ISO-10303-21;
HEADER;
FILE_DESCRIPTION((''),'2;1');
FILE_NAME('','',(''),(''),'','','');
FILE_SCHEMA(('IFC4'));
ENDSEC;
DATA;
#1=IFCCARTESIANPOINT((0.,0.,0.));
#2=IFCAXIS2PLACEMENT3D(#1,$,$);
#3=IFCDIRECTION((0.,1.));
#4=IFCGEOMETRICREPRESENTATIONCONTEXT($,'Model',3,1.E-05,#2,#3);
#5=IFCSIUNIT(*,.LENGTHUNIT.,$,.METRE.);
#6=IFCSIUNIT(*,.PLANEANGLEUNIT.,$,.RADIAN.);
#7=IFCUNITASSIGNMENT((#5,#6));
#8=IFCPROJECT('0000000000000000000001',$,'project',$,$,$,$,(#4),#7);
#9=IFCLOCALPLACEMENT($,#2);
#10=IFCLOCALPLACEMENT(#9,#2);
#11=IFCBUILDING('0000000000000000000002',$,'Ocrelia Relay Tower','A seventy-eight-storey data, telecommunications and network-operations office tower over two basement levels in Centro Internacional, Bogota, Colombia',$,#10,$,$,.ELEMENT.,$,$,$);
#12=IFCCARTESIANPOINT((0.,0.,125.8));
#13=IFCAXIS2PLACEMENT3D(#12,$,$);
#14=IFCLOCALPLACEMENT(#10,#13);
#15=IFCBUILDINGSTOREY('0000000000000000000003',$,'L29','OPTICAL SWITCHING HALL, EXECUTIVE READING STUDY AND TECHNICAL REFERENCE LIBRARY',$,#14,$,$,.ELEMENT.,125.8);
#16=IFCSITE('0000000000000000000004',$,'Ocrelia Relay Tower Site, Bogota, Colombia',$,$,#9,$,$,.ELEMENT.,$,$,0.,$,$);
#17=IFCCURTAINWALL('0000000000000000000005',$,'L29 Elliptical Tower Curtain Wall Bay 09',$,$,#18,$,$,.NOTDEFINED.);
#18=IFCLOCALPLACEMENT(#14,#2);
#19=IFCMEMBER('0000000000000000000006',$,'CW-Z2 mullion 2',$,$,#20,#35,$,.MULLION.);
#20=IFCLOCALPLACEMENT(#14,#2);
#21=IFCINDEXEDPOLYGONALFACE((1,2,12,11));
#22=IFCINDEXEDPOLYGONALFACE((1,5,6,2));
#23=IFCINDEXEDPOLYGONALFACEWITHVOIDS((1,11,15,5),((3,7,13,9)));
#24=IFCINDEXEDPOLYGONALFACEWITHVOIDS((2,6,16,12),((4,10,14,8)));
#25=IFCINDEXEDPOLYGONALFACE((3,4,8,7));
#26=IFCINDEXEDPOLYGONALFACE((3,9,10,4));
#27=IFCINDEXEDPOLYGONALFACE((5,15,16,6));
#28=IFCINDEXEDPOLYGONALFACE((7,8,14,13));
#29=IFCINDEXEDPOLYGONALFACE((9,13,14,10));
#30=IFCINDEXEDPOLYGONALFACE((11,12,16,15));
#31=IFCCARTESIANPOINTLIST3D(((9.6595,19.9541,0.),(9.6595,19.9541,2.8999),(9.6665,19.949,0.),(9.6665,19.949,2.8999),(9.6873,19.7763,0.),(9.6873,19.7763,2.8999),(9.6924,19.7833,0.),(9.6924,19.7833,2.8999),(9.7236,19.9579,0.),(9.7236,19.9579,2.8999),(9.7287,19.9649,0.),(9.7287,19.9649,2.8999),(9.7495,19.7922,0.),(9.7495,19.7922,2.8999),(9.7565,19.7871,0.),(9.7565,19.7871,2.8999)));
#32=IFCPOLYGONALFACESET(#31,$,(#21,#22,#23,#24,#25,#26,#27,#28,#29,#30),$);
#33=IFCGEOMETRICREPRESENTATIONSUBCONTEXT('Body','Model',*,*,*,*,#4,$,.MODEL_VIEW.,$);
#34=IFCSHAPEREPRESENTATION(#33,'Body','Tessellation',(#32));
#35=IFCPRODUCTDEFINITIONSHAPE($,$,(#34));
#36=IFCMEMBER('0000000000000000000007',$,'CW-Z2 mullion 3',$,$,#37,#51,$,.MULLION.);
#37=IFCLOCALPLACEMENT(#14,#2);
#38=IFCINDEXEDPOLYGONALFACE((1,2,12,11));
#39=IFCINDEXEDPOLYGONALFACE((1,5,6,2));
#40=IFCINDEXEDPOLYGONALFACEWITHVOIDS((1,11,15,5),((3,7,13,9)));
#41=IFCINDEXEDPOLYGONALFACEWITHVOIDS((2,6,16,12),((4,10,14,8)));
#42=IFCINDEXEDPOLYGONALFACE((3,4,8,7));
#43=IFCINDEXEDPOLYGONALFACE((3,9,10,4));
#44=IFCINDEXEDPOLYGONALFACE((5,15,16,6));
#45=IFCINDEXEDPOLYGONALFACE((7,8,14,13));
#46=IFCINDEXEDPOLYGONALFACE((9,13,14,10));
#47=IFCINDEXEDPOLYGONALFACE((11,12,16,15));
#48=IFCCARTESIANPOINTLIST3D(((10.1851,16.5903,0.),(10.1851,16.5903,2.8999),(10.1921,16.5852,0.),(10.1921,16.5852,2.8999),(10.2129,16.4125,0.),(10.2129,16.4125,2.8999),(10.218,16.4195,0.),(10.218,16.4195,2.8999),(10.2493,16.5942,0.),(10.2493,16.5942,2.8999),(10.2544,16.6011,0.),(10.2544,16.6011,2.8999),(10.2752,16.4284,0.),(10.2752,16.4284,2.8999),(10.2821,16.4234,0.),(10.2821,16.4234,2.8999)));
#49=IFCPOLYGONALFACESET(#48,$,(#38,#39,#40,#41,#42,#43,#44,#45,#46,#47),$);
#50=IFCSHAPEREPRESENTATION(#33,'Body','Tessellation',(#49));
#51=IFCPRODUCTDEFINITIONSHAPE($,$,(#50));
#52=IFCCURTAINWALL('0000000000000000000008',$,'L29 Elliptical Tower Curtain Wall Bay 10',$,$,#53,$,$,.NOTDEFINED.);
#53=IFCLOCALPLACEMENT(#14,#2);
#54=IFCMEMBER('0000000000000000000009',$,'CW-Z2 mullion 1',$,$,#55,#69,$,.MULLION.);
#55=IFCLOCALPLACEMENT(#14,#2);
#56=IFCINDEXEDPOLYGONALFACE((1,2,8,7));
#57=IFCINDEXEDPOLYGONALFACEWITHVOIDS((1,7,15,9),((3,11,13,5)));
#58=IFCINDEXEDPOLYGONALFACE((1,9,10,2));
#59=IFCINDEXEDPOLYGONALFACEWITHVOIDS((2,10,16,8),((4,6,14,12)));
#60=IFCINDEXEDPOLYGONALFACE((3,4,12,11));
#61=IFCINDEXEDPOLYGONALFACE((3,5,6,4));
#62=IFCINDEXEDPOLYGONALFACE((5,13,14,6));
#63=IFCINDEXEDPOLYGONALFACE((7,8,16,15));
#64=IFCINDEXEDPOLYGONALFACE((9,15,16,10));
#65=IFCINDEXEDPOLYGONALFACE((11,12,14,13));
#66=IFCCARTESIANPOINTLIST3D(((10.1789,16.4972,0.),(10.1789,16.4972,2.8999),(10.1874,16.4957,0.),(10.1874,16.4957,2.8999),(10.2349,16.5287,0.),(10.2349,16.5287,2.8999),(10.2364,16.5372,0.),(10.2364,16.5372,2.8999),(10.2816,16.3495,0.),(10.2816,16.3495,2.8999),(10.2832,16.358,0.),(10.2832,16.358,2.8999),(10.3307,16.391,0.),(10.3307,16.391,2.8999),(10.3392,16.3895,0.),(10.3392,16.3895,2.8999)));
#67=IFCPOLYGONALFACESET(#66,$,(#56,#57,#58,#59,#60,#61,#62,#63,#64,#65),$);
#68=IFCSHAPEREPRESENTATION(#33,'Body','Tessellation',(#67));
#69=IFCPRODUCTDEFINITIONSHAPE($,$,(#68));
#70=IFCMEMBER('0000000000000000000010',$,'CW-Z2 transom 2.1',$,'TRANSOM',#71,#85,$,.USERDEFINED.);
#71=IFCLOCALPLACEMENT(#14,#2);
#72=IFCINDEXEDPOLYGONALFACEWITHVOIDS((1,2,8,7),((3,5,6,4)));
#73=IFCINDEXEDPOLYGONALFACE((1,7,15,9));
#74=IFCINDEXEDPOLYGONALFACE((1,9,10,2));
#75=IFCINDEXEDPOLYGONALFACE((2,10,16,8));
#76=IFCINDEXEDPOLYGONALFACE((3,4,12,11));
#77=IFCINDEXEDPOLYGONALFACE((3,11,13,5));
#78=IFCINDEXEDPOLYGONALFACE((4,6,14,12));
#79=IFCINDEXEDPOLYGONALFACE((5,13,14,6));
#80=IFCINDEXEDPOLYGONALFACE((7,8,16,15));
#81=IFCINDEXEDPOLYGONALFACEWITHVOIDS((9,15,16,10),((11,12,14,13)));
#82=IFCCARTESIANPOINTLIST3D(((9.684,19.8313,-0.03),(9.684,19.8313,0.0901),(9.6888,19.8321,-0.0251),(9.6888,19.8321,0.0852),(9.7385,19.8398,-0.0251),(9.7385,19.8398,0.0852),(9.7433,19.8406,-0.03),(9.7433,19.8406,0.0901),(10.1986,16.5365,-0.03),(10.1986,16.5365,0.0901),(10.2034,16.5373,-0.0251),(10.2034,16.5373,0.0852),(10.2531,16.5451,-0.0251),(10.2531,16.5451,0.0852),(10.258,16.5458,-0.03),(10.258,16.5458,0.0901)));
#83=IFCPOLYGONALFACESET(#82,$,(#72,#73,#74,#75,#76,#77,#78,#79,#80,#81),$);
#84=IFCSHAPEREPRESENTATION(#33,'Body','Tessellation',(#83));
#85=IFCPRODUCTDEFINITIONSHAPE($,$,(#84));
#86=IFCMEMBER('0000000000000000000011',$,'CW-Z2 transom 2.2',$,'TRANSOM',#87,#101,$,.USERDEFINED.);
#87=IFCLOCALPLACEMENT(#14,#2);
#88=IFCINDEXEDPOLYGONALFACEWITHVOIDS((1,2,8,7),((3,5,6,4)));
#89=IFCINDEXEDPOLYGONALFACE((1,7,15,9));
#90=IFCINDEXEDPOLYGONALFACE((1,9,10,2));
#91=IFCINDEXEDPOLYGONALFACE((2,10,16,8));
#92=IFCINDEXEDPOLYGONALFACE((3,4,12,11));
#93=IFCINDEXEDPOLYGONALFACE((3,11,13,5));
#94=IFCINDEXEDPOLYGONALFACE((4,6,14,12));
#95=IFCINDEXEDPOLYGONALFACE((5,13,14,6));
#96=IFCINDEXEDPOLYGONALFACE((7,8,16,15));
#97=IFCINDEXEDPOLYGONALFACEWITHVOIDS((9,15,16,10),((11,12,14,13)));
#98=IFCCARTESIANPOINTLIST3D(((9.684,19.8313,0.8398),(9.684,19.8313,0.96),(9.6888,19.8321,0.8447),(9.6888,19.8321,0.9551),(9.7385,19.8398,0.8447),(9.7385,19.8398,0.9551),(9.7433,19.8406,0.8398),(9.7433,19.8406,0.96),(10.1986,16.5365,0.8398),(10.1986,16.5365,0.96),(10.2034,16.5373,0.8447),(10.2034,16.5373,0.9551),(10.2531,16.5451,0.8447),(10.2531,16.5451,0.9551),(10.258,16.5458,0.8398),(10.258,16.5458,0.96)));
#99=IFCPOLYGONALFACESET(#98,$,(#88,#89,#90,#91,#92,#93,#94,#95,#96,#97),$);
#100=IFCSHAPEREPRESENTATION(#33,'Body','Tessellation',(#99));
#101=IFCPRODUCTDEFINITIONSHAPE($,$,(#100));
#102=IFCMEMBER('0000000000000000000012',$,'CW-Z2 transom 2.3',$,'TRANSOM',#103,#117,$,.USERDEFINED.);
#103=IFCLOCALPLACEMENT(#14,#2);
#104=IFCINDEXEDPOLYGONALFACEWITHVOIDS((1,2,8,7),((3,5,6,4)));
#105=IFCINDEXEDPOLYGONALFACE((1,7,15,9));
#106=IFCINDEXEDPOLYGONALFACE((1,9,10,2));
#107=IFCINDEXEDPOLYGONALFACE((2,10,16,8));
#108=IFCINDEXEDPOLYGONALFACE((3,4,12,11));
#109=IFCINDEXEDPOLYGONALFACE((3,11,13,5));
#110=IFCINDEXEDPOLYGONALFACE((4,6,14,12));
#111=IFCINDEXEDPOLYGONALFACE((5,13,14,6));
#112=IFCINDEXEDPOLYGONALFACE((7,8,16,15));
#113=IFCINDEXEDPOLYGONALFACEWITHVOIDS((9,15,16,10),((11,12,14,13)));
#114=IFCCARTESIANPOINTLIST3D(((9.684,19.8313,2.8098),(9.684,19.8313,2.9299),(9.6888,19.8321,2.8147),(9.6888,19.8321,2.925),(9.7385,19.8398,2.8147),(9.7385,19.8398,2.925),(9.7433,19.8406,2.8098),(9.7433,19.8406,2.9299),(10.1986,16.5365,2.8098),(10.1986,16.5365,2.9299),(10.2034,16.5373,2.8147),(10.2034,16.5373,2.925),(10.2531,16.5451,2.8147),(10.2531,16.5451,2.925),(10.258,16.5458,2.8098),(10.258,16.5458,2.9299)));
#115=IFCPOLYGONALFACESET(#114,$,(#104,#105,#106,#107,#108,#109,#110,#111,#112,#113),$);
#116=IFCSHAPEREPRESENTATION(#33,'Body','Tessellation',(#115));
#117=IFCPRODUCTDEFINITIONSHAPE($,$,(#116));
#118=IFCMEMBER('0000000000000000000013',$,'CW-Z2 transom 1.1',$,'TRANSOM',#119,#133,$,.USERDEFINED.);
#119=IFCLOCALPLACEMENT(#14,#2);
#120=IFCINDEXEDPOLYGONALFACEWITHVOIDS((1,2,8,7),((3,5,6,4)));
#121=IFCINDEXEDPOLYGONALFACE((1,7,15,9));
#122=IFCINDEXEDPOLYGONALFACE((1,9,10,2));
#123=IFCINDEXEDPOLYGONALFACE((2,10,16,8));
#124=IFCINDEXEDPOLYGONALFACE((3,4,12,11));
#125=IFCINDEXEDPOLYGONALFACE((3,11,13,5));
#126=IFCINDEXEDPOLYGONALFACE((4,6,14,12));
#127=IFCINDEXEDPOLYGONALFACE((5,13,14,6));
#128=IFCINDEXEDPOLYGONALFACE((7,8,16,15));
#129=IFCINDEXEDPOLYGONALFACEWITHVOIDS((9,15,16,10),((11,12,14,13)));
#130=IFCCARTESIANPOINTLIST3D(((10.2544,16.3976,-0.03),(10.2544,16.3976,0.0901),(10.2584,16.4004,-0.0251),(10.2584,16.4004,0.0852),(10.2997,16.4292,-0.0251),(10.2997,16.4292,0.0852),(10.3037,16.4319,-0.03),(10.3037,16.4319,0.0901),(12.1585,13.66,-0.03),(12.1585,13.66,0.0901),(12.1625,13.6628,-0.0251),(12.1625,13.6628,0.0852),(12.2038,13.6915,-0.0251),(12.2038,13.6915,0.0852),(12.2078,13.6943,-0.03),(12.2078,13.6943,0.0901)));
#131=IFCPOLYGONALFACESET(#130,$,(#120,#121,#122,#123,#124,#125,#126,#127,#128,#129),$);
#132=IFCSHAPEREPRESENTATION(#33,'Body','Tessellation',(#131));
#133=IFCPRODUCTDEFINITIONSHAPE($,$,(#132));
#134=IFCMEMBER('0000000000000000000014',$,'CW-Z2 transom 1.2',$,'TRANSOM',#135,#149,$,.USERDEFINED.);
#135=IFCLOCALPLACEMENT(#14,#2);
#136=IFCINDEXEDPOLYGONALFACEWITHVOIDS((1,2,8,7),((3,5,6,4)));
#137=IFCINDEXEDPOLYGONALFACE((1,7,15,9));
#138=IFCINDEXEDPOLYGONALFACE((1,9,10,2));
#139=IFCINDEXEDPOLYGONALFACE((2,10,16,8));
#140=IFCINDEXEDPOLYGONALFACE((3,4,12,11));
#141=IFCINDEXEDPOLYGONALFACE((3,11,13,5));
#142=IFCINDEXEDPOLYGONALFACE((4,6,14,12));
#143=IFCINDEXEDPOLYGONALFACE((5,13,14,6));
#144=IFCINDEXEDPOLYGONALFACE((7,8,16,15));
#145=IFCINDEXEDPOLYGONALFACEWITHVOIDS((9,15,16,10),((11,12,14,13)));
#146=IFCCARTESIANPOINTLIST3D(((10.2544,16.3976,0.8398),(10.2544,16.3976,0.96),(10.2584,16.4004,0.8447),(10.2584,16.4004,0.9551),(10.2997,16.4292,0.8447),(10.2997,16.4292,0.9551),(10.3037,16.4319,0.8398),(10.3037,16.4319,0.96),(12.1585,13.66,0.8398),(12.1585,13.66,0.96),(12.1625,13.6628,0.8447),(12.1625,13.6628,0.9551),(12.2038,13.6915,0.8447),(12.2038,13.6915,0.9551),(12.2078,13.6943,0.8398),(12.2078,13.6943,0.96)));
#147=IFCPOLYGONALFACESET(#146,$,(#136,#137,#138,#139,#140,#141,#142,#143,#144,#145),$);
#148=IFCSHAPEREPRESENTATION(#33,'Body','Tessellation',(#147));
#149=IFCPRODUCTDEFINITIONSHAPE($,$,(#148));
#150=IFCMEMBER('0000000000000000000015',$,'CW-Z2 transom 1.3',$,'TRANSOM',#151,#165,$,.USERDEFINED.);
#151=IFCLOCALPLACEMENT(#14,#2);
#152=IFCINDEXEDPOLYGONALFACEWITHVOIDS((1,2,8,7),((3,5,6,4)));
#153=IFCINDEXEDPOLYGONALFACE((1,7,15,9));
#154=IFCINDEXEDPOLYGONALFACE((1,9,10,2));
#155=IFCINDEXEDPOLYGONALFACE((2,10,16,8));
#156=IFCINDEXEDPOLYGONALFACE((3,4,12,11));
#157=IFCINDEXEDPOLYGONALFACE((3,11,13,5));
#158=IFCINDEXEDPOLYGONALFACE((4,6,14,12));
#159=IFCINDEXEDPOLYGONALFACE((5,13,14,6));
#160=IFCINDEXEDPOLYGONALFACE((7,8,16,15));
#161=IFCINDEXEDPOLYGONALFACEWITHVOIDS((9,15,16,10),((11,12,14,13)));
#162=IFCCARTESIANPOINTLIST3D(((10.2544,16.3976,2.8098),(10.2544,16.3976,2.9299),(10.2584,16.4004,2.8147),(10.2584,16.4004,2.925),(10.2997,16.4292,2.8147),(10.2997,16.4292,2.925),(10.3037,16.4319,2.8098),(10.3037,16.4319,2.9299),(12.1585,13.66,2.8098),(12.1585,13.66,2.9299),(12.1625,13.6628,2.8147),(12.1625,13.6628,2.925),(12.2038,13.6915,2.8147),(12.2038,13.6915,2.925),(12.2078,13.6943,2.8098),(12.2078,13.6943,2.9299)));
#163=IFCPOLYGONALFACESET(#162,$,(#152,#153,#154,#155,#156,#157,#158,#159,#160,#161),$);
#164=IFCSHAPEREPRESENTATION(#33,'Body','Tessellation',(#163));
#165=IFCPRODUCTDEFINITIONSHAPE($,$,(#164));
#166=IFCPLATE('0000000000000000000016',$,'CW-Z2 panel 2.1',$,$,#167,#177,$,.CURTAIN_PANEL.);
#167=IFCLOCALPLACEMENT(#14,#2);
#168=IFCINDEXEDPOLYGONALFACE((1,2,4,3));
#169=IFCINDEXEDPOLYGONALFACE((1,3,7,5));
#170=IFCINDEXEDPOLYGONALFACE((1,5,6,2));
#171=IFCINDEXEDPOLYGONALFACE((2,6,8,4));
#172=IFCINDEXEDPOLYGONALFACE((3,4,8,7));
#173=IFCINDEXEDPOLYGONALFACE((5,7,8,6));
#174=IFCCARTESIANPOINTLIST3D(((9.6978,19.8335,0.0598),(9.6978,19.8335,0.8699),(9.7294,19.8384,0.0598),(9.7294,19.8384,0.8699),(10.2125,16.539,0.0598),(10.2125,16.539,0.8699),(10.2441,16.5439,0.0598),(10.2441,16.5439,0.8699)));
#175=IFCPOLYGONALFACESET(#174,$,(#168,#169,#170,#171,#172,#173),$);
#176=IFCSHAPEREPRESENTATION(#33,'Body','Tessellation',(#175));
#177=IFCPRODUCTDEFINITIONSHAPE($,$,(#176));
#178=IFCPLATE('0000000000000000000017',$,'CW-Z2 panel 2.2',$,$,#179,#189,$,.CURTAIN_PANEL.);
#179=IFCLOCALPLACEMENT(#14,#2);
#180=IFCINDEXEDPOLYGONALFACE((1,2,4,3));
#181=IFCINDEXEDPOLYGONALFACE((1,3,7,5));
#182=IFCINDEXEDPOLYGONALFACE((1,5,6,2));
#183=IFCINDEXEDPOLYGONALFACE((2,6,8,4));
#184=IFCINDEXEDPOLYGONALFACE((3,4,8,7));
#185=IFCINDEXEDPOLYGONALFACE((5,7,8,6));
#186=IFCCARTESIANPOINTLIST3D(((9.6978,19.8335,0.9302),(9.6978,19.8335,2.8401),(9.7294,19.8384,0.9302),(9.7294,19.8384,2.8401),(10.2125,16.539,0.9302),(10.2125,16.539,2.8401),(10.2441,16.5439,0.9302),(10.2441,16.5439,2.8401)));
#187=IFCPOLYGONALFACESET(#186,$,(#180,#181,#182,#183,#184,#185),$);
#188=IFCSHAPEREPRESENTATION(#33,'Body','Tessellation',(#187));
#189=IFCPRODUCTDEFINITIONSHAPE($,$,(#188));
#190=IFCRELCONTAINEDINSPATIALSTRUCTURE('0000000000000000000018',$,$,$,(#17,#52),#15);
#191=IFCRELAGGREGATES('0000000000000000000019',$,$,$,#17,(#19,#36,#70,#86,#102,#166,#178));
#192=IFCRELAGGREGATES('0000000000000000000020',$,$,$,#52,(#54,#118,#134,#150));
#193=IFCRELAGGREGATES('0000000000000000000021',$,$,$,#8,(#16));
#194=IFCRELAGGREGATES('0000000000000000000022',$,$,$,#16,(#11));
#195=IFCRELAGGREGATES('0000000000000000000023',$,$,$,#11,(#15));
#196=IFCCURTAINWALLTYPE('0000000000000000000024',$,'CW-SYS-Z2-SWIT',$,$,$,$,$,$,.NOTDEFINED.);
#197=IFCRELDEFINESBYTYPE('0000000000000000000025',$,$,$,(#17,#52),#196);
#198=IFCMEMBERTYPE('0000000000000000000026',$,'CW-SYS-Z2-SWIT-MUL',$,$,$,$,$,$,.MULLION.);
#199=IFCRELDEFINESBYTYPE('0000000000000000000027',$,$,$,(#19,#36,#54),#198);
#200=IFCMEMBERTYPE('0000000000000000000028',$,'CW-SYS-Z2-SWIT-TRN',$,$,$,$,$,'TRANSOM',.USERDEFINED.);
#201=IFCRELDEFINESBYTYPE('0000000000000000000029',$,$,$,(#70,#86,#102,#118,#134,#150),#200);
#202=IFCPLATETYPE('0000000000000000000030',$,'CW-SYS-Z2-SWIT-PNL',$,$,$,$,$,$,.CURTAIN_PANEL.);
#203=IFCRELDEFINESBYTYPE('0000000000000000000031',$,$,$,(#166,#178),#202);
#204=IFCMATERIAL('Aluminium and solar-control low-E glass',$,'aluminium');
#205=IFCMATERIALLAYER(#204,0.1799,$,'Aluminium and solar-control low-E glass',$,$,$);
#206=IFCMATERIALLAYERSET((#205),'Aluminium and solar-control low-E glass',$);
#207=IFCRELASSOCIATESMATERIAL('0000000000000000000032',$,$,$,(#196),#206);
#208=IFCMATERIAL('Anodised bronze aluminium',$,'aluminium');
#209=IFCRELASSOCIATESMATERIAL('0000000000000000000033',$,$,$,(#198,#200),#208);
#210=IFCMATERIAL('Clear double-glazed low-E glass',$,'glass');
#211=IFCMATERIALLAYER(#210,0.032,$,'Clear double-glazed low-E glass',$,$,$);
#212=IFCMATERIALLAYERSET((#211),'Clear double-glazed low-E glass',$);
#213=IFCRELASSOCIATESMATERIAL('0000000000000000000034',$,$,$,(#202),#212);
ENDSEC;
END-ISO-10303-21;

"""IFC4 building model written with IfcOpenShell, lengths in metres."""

from ifc_helpers import new_model, si_unit, direction, frame, origin, origin_2d, place, context, subcontext, project, spatial, rectangle, hollow_rectangle, extrude, material, layer, layer_set, material_profile, profile_set, type_object, element, aggregate, save


model = new_model("IFC4")

# Units and contexts
model_context = context("Model", 3, precision=1e-05, world=origin(), true_north=direction((0.0, 1.0)))
body_context = subcontext(model_context, "Body", "Model", "MODEL_VIEW")
ifc_project = project(units=[si_unit("LENGTHUNIT", "METRE"), si_unit("PLANEANGLEUNIT", "RADIAN")], contexts=[model_context])

# Site, building, storey
site_placement = place(None, origin())
site = spatial("IfcSite", under=ifc_project, at=site_placement, Name="Ocrelia Relay Tower Site, Bogota, Colombia", CompositionType="ELEMENT", RefElevation=0.0)
building_placement = place(site_placement, origin())
building = spatial("IfcBuilding", under=site, at=building_placement, Name="Ocrelia Relay Tower", Description="A seventy-eight-storey data, telecommunications and network-operations office tower over two basement levels in Centro Internacional, Bogota, Colombia", CompositionType="ELEMENT")
storey_placement = place(building_placement, frame((0.0, 0.0, 125.8)))
storey = spatial("IfcBuildingStorey", under=building, at=storey_placement, Name="L29", Description="OPTICAL SWITCHING HALL, EXECUTIVE READING STUDY AND TECHNICAL REFERENCE LIBRARY", CompositionType="ELEMENT", Elevation=125.8)

# Curtain wall, members
ifc_material_1 = material(Name="Aluminium and solar-control low-E glass", Category="aluminium")
ifc_layer_1 = layer(ifc_material_1, 0.1799, Name="Aluminium and solar-control low-E glass")
ifc_layer_set_1 = layer_set([ifc_layer_1], Name="Aluminium and solar-control low-E glass")
curtain_wall_type = type_object("IfcCurtainWallType", Name="CW-SYS-Z2-SWIT", PredefinedType="NOTDEFINED", material=ifc_layer_set_1)
curtain_wall_1_placement = place(storey_placement, origin())
curtain_wall_1 = element("IfcCurtainWall", 1, at=curtain_wall_1_placement, inside=storey, type_object=curtain_wall_type, Name="L29 Elliptical Tower Curtain Wall Bay 09", PredefinedType="NOTDEFINED")
ifc_material_2 = material(Name="Anodised bronze aluminium", Category="aluminium")
ifc_material_profile_1 = material_profile(ifc_material_2, hollow_rectangle(XDim=0.0701, YDim=0.1799, WallThickness=0.0061, at=origin_2d()), Name="CW-MUL-180x70")
ifc_profile_set_1 = profile_set([ifc_material_profile_1], Name="Anodised bronze aluminium")
member_type_1 = type_object("IfcMemberType", Name="CW-SYS-Z2-SWIT-MUL", PredefinedType="MULLION", material=ifc_profile_set_1)
member_1_placement = place(storey_placement, frame((9.708, 19.8706, 0.0), z_axis=(0.0, 0.0, 1.0), x_axis=(0.988012, 0.154379, 0.0)))
member_1 = element("IfcMember", 2, at=member_1_placement, type_object=member_type_1, Name="CW-Z2 mullion 2", PredefinedType="MULLION", context=body_context, shape_type="SweptSolid", body=[
    extrude(hollow_rectangle(XDim=0.0701, YDim=0.1799, WallThickness=0.0061, at=origin_2d()), origin(), (0.0, 0.0, 1.0), 2.8999),
])
member_2_placement = place(storey_placement, frame((10.2336, 16.5068, 0.0), z_axis=(0.0, 0.0, 1.0), x_axis=(0.988012, 0.154379, 0.0)))
member_2 = element("IfcMember", 3, at=member_2_placement, type_object=member_type_1, Name="CW-Z2 mullion 3", PredefinedType="MULLION", context=body_context, shape_type="SweptSolid", body=[
    extrude(hollow_rectangle(XDim=0.0701, YDim=0.1799, WallThickness=0.0061, at=origin_2d()), origin(), (0.0, 0.0, 1.0), 2.8999),
])

# Curtain wall, member
curtain_wall_2_placement = place(storey_placement, origin())
curtain_wall_2 = element("IfcCurtainWall", 4, at=curtain_wall_2_placement, inside=storey, type_object=curtain_wall_type, Name="L29 Elliptical Tower Curtain Wall Bay 10", PredefinedType="NOTDEFINED")
member_3_placement = place(storey_placement, frame((10.259, 16.4434, 0.0), z_axis=(0.0, 0.0, 1.0), x_axis=(0.820955, 0.570993, 0.0)))
member_3 = element("IfcMember", 5, at=member_3_placement, type_object=member_type_1, Name="CW-Z2 mullion 1", PredefinedType="MULLION", context=body_context, shape_type="SweptSolid", body=[
    extrude(hollow_rectangle(XDim=0.0701, YDim=0.1799, WallThickness=0.0061, at=origin_2d()), origin(), (0.0, 0.0, 1.0), 2.8999),
])

# Members
ifc_material_profile_2 = material_profile(ifc_material_2, hollow_rectangle(XDim=0.0601, YDim=0.1201, WallThickness=0.0049, at=origin_2d()), Name="CW-TRN-120x60")
ifc_profile_set_2 = profile_set([ifc_material_profile_2], Name="Anodised bronze aluminium")
member_type_2 = type_object("IfcMemberType", Name="CW-SYS-Z2-SWIT-TRN", ElementType="TRANSOM", PredefinedType="USERDEFINED", material=ifc_profile_set_2)
member_4_placement = place(storey_placement, frame((9.7136, 19.8359, 0.03), z_axis=(0.154334, -0.988019, 0.0), x_axis=(0.988019, 0.154334, 0.0)))
member_4 = element("IfcMember", 6, at=member_4_placement, type_object=member_type_2, Name="CW-Z2 transom 2.1", ObjectType="TRANSOM", PredefinedType="USERDEFINED", context=body_context, shape_type="SweptSolid", body=[
    extrude(hollow_rectangle(XDim=0.0601, YDim=0.1201, WallThickness=0.0049, at=origin_2d()), origin(), (0.0, 0.0, 1.0), 3.3347),
])
member_5_placement = place(storey_placement, frame((9.7136, 19.8359, 0.8999), z_axis=(0.154334, -0.988019, 0.0), x_axis=(0.988019, 0.154334, 0.0)))
member_5 = element("IfcMember", 7, at=member_5_placement, type_object=member_type_2, Name="CW-Z2 transom 2.2", ObjectType="TRANSOM", PredefinedType="USERDEFINED", context=body_context, shape_type="SweptSolid", body=[
    extrude(hollow_rectangle(XDim=0.0601, YDim=0.1201, WallThickness=0.0049, at=origin_2d()), origin(), (0.0, 0.0, 1.0), 3.3347),
])
member_6_placement = place(storey_placement, frame((9.7136, 19.8359, 2.8699), z_axis=(0.154334, -0.988019, 0.0), x_axis=(0.988019, 0.154334, 0.0)))
member_6 = element("IfcMember", 8, at=member_6_placement, type_object=member_type_2, Name="CW-Z2 transom 2.3", ObjectType="TRANSOM", PredefinedType="USERDEFINED", context=body_context, shape_type="SweptSolid", body=[
    extrude(hollow_rectangle(XDim=0.0601, YDim=0.1201, WallThickness=0.0049, at=origin_2d()), origin(), (0.0, 0.0, 1.0), 3.3347),
])
member_7_placement = place(storey_placement, frame((10.2791, 16.4148, 0.03), z_axis=(0.570998, -0.820951, 0.0), x_axis=(0.820951, 0.570998, 0.0)))
member_7 = element("IfcMember", 9, at=member_7_placement, type_object=member_type_2, Name="CW-Z2 transom 1.1", ObjectType="TRANSOM", PredefinedType="USERDEFINED", context=body_context, shape_type="SweptSolid", body=[
    extrude(hollow_rectangle(XDim=0.0601, YDim=0.1201, WallThickness=0.0049, at=origin_2d()), origin(), (0.0, 0.0, 1.0), 3.3347),
])
member_8_placement = place(storey_placement, frame((10.2791, 16.4148, 0.8999), z_axis=(0.570998, -0.820951, 0.0), x_axis=(0.820951, 0.570998, 0.0)))
member_8 = element("IfcMember", 10, at=member_8_placement, type_object=member_type_2, Name="CW-Z2 transom 1.2", ObjectType="TRANSOM", PredefinedType="USERDEFINED", context=body_context, shape_type="SweptSolid", body=[
    extrude(hollow_rectangle(XDim=0.0601, YDim=0.1201, WallThickness=0.0049, at=origin_2d()), origin(), (0.0, 0.0, 1.0), 3.3347),
])
member_9_placement = place(storey_placement, frame((10.2791, 16.4148, 2.8699), z_axis=(0.570998, -0.820951, 0.0), x_axis=(0.820951, 0.570998, 0.0)))
member_9 = element("IfcMember", 11, at=member_9_placement, type_object=member_type_2, Name="CW-Z2 transom 1.3", ObjectType="TRANSOM", PredefinedType="USERDEFINED", context=body_context, shape_type="SweptSolid", body=[
    extrude(hollow_rectangle(XDim=0.0601, YDim=0.1201, WallThickness=0.0049, at=origin_2d()), origin(), (0.0, 0.0, 1.0), 3.3347),
])

# Plates
ifc_material_3 = material(Name="Clear double-glazed low-E glass", Category="glass")
ifc_layer_2 = layer(ifc_material_3, 0.032, Name="Clear double-glazed low-E glass")
ifc_layer_set_2 = layer_set([ifc_layer_2], Name="Clear double-glazed low-E glass")
plate_type = type_object("IfcPlateType", Name="CW-SYS-Z2-SWIT-PNL", PredefinedType="CURTAIN_PANEL", material=ifc_layer_set_2)
plate_1_placement = place(storey_placement, frame((9.9709, 18.1887, 0.0598), z_axis=(0.0, 0.0, 1.0), x_axis=(0.154379, -0.988012, 0.0)))
plate_1 = element("IfcPlate", 12, at=plate_1_placement, type_object=plate_type, Name="CW-Z2 panel 2.1", PredefinedType="CURTAIN_PANEL", context=body_context, shape_type="SweptSolid", body=[
    extrude(rectangle(XDim=3.3345, YDim=0.032, at=origin_2d()), origin(), (0.0, 0.0, 1.0), 0.8101),
])
plate_2_placement = place(storey_placement, frame((9.9709, 18.1887, 0.9302), z_axis=(0.0, 0.0, 1.0), x_axis=(0.154379, -0.988012, 0.0)))
plate_2 = element("IfcPlate", 13, at=plate_2_placement, type_object=plate_type, Name="CW-Z2 panel 2.2", PredefinedType="CURTAIN_PANEL", context=body_context, shape_type="SweptSolid", body=[
    extrude(rectangle(XDim=3.3345, YDim=0.032, at=origin_2d()), origin(), (0.0, 0.0, 1.0), 1.9099),
])
aggregate(curtain_wall_1, [member_1, member_2, member_4, member_5, member_6, plate_1, plate_2])
aggregate(curtain_wall_2, [member_3, member_7, member_8, member_9])

save(model, "model.ifc")
